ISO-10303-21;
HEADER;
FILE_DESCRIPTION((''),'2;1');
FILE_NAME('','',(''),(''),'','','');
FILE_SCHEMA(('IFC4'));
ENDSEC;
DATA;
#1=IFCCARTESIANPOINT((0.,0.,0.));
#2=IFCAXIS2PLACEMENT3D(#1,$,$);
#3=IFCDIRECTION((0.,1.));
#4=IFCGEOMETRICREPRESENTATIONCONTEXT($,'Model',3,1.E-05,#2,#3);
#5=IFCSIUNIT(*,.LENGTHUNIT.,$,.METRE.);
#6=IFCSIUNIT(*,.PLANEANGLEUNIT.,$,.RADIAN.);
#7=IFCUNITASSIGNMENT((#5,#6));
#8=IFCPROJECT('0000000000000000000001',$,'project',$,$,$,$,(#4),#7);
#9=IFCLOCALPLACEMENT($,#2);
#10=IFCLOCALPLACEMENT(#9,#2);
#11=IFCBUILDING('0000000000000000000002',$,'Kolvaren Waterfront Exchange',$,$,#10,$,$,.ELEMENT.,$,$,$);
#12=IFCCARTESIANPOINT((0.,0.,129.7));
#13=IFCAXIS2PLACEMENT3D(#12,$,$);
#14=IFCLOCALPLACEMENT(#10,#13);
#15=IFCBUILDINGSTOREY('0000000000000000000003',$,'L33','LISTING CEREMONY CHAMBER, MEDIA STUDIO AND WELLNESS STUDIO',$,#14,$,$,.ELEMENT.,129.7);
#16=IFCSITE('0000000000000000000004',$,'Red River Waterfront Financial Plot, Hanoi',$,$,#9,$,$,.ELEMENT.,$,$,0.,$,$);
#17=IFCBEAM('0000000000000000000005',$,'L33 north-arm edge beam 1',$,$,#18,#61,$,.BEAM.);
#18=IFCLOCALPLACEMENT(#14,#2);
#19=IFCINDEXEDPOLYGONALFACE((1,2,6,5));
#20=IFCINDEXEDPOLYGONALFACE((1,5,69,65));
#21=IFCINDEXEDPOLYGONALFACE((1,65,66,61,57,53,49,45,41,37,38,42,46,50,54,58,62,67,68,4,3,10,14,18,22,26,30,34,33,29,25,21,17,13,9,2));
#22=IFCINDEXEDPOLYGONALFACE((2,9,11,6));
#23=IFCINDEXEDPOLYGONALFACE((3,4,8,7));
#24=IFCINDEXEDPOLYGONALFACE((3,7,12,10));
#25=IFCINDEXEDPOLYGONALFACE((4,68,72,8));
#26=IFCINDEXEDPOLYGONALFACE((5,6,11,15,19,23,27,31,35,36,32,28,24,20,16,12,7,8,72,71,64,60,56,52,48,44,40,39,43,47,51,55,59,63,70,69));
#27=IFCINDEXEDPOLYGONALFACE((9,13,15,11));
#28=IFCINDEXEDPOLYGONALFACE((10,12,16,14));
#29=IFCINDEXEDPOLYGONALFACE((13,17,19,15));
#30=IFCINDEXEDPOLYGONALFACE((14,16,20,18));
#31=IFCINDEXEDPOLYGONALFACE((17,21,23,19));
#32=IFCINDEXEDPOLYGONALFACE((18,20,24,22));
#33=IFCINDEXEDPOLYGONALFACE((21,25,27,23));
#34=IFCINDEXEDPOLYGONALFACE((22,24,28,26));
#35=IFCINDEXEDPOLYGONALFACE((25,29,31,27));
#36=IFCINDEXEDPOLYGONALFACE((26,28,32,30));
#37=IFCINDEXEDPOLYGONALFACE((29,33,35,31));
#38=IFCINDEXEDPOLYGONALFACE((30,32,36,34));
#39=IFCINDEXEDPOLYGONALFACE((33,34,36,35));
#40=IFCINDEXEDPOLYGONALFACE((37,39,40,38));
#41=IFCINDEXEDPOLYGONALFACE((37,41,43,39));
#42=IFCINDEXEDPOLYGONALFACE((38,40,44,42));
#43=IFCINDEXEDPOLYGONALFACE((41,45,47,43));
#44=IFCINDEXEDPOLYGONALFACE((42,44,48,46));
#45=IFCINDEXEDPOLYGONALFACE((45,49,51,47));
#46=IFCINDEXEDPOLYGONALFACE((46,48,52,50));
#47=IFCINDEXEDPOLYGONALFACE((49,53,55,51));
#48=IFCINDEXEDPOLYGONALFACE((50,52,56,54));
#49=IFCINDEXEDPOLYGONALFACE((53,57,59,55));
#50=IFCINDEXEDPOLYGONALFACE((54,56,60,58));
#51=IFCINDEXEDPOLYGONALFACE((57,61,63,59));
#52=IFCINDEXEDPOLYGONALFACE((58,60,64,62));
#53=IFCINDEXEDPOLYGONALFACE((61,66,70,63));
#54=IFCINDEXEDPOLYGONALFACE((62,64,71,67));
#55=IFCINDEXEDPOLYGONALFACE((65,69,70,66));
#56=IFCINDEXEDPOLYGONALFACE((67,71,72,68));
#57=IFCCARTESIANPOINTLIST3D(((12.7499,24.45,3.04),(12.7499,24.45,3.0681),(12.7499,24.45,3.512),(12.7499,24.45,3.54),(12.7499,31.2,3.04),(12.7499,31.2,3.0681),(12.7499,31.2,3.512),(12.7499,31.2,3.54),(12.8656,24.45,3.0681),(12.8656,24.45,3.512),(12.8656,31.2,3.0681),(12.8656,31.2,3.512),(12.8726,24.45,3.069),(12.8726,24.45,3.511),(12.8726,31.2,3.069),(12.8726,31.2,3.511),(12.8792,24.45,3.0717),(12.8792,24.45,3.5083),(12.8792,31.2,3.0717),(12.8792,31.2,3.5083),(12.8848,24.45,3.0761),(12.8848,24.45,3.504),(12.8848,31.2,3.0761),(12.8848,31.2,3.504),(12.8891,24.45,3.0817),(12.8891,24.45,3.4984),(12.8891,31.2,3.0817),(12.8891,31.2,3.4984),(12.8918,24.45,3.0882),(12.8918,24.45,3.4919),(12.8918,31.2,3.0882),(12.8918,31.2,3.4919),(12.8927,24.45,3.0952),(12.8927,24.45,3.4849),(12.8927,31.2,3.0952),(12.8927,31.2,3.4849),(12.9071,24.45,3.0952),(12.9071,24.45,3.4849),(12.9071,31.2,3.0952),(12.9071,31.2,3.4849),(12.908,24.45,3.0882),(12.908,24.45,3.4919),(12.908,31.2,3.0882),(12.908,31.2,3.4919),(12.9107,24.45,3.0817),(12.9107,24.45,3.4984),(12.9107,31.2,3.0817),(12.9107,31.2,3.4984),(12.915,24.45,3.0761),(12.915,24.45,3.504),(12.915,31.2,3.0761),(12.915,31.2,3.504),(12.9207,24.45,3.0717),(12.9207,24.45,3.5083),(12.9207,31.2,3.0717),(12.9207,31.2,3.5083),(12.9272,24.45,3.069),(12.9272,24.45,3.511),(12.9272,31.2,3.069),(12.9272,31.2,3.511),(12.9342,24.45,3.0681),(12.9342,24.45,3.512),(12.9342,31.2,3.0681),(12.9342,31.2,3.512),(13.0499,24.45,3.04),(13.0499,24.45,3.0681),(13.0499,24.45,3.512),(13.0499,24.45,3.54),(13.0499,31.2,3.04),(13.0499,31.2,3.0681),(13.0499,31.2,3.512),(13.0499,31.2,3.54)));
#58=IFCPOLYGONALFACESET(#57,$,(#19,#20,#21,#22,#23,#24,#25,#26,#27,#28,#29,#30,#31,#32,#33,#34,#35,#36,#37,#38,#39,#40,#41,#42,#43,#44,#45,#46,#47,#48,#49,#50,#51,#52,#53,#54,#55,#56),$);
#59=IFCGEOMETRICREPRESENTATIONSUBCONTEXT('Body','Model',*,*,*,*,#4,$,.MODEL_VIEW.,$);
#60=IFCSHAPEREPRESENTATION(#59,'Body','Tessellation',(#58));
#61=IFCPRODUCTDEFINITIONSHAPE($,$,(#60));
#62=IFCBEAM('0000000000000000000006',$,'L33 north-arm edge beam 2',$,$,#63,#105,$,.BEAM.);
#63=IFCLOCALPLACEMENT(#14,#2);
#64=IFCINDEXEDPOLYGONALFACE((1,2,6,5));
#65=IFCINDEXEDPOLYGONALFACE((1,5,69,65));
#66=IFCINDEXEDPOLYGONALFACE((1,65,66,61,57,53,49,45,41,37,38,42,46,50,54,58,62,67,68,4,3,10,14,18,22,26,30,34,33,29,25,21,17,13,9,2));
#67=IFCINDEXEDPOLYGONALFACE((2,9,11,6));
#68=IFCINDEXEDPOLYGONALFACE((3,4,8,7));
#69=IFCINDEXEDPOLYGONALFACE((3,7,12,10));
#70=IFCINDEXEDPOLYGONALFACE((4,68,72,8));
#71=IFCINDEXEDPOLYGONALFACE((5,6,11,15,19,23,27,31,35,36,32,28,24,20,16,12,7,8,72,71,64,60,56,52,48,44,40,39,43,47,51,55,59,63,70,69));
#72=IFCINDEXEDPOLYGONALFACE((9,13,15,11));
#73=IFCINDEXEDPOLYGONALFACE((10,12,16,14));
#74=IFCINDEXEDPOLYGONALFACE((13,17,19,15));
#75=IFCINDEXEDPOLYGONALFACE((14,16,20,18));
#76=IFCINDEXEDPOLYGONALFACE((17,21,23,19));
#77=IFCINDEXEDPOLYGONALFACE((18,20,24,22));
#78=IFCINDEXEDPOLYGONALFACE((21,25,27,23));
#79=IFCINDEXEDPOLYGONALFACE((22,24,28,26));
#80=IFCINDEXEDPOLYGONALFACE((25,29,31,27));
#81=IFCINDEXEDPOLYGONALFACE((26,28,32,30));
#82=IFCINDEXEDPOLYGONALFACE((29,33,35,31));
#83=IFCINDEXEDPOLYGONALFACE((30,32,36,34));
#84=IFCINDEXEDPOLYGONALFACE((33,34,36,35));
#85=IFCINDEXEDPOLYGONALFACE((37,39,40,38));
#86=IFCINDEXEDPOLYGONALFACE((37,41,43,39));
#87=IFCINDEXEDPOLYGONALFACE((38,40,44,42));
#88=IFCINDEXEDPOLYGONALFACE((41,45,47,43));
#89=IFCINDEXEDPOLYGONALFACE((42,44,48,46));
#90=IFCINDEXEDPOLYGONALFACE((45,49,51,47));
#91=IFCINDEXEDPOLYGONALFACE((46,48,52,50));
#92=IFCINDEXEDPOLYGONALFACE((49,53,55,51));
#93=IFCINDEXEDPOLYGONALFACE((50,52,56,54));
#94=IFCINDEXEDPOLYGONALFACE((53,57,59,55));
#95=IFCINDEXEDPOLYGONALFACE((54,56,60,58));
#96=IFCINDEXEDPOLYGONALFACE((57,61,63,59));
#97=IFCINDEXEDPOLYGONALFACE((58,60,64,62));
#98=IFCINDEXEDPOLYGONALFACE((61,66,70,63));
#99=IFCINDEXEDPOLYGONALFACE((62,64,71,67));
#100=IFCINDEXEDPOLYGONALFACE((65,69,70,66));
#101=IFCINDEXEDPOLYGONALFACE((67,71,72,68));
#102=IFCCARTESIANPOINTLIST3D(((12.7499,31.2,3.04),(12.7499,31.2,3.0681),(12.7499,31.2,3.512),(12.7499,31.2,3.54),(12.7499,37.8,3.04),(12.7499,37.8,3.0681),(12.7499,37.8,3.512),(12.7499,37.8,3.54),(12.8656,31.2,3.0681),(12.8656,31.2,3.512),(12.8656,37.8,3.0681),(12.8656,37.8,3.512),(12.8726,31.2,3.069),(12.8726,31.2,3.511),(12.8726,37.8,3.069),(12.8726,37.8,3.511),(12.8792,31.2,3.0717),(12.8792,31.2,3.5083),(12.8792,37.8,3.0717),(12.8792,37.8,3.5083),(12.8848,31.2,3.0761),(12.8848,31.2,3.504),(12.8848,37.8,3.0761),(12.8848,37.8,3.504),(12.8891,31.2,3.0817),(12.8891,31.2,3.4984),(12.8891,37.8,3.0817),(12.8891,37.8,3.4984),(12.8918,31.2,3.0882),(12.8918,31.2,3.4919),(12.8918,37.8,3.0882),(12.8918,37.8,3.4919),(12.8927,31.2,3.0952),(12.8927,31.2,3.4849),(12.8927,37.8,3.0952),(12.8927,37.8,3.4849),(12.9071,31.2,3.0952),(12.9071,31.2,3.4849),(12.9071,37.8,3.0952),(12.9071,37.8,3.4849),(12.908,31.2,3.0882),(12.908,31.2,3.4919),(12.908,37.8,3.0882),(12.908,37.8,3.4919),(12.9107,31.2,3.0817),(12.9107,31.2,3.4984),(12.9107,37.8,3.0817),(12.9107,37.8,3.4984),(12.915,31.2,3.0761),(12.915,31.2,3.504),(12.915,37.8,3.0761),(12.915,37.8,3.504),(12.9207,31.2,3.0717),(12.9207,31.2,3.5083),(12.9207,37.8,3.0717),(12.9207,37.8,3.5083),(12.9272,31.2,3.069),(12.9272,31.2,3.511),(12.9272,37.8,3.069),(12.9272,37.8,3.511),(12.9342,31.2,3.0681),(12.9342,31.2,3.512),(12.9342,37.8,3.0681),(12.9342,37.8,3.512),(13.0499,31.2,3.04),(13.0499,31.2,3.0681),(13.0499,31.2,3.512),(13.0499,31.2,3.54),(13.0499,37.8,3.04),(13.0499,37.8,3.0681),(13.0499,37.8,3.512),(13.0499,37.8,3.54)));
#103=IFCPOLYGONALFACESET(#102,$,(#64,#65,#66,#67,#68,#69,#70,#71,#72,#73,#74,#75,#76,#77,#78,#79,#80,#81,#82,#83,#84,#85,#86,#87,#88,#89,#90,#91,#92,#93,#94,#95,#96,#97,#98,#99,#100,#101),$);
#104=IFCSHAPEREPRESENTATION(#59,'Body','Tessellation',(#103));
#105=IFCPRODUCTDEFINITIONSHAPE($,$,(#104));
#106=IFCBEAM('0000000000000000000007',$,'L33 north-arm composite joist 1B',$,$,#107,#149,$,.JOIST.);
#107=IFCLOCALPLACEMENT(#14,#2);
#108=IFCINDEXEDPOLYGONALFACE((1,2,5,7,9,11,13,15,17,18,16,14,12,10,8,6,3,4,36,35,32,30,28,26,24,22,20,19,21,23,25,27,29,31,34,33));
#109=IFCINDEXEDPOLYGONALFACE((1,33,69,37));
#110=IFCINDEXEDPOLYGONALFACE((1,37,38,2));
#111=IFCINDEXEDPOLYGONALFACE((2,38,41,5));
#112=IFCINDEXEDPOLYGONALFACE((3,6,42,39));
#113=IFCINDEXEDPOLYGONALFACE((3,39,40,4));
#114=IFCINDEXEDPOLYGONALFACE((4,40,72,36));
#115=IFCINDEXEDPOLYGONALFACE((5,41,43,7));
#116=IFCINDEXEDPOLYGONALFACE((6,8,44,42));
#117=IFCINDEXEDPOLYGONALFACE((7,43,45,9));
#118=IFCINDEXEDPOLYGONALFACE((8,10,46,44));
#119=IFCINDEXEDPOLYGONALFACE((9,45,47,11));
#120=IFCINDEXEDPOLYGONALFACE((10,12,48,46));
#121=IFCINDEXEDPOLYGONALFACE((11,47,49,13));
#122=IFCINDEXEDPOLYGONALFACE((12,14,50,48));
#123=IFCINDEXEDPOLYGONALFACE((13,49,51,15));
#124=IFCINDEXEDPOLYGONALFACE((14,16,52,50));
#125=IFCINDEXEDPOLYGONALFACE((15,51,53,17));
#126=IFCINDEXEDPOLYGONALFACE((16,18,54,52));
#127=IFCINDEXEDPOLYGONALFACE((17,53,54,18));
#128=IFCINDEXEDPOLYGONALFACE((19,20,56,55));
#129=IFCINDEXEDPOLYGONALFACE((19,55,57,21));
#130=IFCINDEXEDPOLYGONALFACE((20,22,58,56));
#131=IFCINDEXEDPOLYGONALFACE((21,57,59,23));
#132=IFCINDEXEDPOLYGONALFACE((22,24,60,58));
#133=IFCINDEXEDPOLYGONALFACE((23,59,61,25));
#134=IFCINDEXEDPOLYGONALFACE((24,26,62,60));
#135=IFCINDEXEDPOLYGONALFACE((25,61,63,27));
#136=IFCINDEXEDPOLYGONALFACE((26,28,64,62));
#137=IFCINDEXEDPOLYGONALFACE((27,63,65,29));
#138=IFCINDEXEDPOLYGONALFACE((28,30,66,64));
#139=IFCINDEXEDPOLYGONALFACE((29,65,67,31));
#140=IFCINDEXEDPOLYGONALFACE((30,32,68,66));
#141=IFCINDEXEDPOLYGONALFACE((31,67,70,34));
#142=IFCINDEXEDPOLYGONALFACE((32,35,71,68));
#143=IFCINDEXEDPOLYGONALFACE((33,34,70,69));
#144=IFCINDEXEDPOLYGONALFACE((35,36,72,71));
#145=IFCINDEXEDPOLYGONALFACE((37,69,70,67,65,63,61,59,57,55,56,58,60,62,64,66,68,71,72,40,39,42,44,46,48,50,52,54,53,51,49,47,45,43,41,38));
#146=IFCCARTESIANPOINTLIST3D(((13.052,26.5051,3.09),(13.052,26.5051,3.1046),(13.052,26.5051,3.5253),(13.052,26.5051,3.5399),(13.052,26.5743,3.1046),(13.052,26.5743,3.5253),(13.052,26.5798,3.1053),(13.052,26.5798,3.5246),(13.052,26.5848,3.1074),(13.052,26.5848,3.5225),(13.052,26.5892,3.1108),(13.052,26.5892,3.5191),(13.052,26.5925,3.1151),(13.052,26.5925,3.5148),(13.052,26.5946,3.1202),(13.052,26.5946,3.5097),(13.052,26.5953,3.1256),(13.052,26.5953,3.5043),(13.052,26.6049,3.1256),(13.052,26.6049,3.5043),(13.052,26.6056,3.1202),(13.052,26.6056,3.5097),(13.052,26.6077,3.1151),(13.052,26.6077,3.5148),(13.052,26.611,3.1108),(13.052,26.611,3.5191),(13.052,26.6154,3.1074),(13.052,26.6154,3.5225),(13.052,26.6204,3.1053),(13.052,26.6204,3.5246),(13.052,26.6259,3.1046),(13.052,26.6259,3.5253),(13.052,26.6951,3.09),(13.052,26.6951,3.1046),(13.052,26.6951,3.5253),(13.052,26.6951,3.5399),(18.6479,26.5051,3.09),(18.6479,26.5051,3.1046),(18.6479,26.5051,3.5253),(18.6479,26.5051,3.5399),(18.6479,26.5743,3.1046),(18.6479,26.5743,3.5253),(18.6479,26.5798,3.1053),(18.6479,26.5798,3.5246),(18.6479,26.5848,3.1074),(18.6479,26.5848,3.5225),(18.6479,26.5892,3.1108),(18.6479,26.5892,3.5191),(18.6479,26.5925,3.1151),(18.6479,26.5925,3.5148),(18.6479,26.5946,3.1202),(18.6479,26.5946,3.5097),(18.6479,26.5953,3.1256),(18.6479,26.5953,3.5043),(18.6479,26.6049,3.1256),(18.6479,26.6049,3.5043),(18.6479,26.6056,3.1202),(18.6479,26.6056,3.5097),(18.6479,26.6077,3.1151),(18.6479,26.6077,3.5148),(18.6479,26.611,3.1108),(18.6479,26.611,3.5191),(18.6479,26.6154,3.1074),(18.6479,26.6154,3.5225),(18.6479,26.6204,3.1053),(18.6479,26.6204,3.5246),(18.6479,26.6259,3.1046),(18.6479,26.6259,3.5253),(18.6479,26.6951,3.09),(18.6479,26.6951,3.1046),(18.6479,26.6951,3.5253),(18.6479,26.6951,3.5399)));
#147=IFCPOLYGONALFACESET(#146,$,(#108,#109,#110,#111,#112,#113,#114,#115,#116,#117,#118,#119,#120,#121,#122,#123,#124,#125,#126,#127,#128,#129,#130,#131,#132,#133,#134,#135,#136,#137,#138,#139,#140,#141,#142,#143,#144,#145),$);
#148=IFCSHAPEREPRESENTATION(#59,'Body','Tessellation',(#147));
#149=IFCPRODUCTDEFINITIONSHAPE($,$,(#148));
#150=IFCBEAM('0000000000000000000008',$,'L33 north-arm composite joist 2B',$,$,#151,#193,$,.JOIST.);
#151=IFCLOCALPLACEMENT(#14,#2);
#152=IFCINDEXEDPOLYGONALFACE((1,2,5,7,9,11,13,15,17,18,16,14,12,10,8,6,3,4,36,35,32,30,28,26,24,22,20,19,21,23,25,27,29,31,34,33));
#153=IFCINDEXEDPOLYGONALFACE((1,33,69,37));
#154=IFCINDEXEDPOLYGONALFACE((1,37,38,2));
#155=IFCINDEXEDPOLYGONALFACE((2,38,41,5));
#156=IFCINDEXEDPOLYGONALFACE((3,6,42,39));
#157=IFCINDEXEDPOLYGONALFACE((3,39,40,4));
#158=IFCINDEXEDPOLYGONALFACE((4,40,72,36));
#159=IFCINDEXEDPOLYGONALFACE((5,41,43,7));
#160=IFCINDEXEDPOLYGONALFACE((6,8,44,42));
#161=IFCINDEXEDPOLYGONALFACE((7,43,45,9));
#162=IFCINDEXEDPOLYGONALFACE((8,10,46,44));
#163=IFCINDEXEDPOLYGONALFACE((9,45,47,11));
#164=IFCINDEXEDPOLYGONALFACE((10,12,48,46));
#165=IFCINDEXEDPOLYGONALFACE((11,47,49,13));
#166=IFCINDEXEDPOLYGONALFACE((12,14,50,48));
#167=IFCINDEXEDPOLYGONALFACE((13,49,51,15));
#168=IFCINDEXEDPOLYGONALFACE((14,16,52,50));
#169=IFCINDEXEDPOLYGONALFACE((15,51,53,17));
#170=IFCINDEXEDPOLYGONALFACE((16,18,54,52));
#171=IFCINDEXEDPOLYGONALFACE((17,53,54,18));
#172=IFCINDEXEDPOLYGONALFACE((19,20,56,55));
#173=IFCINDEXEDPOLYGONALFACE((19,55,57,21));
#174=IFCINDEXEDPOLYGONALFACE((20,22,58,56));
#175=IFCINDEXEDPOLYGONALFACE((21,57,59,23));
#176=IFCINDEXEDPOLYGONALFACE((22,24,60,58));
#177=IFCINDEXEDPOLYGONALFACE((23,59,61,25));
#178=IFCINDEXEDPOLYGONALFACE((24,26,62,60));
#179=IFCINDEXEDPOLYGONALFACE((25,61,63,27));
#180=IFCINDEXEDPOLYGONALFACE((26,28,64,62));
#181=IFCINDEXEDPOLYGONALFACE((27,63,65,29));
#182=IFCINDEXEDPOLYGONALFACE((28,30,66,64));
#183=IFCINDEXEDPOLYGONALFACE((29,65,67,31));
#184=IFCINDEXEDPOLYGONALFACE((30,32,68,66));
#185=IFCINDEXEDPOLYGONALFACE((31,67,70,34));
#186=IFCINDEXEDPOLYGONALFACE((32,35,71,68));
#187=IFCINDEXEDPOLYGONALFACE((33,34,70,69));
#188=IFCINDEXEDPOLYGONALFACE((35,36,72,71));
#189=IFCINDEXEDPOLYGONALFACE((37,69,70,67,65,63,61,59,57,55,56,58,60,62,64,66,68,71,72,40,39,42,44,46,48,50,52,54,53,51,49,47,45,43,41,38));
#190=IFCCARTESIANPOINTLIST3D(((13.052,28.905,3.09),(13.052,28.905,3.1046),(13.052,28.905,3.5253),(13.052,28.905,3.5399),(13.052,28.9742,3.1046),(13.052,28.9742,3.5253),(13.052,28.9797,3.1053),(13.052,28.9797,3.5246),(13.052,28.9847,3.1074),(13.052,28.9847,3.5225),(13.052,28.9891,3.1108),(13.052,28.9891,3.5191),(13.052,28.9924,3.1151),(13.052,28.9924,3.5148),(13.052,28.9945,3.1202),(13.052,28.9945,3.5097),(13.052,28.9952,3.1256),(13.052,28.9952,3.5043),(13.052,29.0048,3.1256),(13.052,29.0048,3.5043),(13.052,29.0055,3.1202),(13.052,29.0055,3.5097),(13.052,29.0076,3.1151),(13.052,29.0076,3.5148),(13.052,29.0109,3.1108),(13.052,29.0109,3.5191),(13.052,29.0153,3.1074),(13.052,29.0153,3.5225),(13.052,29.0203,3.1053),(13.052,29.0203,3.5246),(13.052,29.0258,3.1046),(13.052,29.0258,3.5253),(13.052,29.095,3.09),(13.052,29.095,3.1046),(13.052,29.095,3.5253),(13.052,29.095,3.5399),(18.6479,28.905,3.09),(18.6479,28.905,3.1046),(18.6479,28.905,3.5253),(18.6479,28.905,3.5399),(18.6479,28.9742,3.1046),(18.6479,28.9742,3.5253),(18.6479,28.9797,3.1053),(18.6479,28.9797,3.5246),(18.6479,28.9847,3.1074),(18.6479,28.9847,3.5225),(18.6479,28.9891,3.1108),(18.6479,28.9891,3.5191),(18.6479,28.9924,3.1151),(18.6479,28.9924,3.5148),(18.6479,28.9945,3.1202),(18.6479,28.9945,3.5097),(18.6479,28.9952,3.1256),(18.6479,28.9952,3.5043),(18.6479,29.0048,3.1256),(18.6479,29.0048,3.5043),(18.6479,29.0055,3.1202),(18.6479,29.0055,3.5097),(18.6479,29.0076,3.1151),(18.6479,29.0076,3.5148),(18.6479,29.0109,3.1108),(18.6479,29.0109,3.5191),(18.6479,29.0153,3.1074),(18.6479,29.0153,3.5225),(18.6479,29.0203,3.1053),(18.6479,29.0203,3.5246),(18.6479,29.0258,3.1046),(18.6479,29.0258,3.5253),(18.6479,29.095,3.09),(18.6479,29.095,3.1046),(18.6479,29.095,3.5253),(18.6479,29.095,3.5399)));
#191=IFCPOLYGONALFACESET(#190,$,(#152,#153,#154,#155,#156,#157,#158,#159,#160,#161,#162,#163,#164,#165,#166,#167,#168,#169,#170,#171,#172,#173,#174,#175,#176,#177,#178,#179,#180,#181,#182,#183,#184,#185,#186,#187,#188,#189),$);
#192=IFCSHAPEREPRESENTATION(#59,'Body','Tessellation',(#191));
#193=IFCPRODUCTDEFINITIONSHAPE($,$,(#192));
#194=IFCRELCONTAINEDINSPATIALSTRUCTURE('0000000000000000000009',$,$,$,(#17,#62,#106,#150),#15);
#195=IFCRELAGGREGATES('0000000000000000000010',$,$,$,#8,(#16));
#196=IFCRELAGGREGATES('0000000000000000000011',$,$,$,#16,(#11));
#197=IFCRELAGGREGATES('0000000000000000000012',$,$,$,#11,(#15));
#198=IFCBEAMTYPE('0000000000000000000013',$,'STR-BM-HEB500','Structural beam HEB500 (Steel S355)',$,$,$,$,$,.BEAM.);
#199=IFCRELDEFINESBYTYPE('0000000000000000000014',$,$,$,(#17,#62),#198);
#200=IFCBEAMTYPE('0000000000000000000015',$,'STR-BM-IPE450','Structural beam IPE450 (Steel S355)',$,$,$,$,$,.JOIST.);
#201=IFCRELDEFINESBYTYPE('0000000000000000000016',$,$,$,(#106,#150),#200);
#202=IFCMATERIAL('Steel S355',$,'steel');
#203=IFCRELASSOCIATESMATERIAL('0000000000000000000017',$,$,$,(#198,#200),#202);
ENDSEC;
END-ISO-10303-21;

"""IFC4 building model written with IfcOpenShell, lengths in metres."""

from ifc_helpers import new_model, si_unit, direction, frame, origin, origin_2d, place, context, subcontext, project, spatial, i_section, extrude, material, material_profile, profile_set, type_object, element, save


model = new_model("IFC4")

# Units and contexts
model_context = context("Model", 3, precision=1e-05, world=origin(), true_north=direction((0.0, 1.0)))
body_context = subcontext(model_context, "Body", "Model", "MODEL_VIEW")
ifc_project = project(units=[si_unit("LENGTHUNIT", "METRE"), si_unit("PLANEANGLEUNIT", "RADIAN")], contexts=[model_context])

# Site, building, storey
site_placement = place(None, origin())
site = spatial("IfcSite", under=ifc_project, at=site_placement, Name="Red River Waterfront Financial Plot, Hanoi", CompositionType="ELEMENT", RefElevation=0.0)
building_placement = place(site_placement, origin())
building = spatial("IfcBuilding", under=site, at=building_placement, Name="Kolvaren Waterfront Exchange", CompositionType="ELEMENT")
storey_placement = place(building_placement, frame((0.0, 0.0, 129.7)))
storey = spatial("IfcBuildingStorey", under=building, at=storey_placement, Name="L33", Description="LISTING CEREMONY CHAMBER, MEDIA STUDIO AND WELLNESS STUDIO", CompositionType="ELEMENT", Elevation=129.7)

# Beams
ifc_material_1 = material(Name="Steel S355", Category="steel")
ifc_material_profile_1 = material_profile(ifc_material_1, i_section(OverallWidth=0.3, OverallDepth=0.5, WebThickness=0.0144, FlangeThickness=0.0281, FilletRadius=0.0271, at=origin_2d()), Name="HEB500")
ifc_profile_set_1 = profile_set([ifc_material_profile_1], Name="Steel S355")
beam_type_1 = type_object("IfcBeamType", Name="STR-BM-HEB500", Description="Structural beam HEB500 (Steel S355)", PredefinedType="BEAM", material=ifc_profile_set_1)
beam_1_placement = place(storey_placement, frame((12.8999, 24.45, 3.29), z_axis=(0.0, 1.0, 0.0), x_axis=(-1.0, 0.0, 0.0)))
element("IfcBeam", 1, at=beam_1_placement, inside=storey, type_object=beam_type_1, Name="L33 north-arm edge beam 1", PredefinedType="BEAM", context=body_context, shape_type="SweptSolid", body=[
    extrude(i_section(OverallWidth=0.3, OverallDepth=0.5, WebThickness=0.0144, FlangeThickness=0.0281, FilletRadius=0.0271, at=origin_2d()), origin(), (0.0, 0.0, 1.0), 6.75),
])
beam_2_placement = place(storey_placement, frame((12.8999, 31.2, 3.29), z_axis=(0.0, 1.0, 0.0), x_axis=(-1.0, 0.0, 0.0)))
element("IfcBeam", 2, at=beam_2_placement, inside=storey, type_object=beam_type_1, Name="L33 north-arm edge beam 2", PredefinedType="BEAM", context=body_context, shape_type="SweptSolid", body=[
    extrude(i_section(OverallWidth=0.3, OverallDepth=0.5, WebThickness=0.0144, FlangeThickness=0.0281, FilletRadius=0.0271, at=origin_2d()), origin(), (0.0, 0.0, 1.0), 6.6001),
])
ifc_material_profile_2 = material_profile(ifc_material_1, i_section(OverallWidth=0.1899, OverallDepth=0.45, WebThickness=0.0095, FlangeThickness=0.0146, FilletRadius=0.021, at=origin_2d()), Name="IPE450")
ifc_profile_set_2 = profile_set([ifc_material_profile_2], Name="Steel S355")
beam_type_2 = type_object("IfcBeamType", Name="STR-BM-IPE450", Description="Structural beam IPE450 (Steel S355)", PredefinedType="JOIST", material=ifc_profile_set_2)
for number, where, z_axis, x_axis, name in (
    (3, (13.052, 26.6001, 3.3149), (1.0, 0.0, 0.0), (0.0, 1.0, 0.0), "L33 north-arm composite joist 1B"),
    (4, (13.052, 29.0, 3.3149), (1.0, 0.0, 0.0), (0.0, 1.0, 0.0), "L33 north-arm composite joist 2B"),
):
    element("IfcBeam", number, at=place(storey_placement, frame(where, z_axis=z_axis, x_axis=x_axis)), inside=storey, type_object=beam_type_2, Name=name, PredefinedType="JOIST", context=body_context, shape_type="SweptSolid", body=[
        extrude(i_section(OverallWidth=0.1899, OverallDepth=0.45, WebThickness=0.0095, FlangeThickness=0.0146, FilletRadius=0.021, at=origin_2d()), origin(), (0.0, 0.0, 1.0), 5.5959),
    ])

save(model, "model.ifc")
